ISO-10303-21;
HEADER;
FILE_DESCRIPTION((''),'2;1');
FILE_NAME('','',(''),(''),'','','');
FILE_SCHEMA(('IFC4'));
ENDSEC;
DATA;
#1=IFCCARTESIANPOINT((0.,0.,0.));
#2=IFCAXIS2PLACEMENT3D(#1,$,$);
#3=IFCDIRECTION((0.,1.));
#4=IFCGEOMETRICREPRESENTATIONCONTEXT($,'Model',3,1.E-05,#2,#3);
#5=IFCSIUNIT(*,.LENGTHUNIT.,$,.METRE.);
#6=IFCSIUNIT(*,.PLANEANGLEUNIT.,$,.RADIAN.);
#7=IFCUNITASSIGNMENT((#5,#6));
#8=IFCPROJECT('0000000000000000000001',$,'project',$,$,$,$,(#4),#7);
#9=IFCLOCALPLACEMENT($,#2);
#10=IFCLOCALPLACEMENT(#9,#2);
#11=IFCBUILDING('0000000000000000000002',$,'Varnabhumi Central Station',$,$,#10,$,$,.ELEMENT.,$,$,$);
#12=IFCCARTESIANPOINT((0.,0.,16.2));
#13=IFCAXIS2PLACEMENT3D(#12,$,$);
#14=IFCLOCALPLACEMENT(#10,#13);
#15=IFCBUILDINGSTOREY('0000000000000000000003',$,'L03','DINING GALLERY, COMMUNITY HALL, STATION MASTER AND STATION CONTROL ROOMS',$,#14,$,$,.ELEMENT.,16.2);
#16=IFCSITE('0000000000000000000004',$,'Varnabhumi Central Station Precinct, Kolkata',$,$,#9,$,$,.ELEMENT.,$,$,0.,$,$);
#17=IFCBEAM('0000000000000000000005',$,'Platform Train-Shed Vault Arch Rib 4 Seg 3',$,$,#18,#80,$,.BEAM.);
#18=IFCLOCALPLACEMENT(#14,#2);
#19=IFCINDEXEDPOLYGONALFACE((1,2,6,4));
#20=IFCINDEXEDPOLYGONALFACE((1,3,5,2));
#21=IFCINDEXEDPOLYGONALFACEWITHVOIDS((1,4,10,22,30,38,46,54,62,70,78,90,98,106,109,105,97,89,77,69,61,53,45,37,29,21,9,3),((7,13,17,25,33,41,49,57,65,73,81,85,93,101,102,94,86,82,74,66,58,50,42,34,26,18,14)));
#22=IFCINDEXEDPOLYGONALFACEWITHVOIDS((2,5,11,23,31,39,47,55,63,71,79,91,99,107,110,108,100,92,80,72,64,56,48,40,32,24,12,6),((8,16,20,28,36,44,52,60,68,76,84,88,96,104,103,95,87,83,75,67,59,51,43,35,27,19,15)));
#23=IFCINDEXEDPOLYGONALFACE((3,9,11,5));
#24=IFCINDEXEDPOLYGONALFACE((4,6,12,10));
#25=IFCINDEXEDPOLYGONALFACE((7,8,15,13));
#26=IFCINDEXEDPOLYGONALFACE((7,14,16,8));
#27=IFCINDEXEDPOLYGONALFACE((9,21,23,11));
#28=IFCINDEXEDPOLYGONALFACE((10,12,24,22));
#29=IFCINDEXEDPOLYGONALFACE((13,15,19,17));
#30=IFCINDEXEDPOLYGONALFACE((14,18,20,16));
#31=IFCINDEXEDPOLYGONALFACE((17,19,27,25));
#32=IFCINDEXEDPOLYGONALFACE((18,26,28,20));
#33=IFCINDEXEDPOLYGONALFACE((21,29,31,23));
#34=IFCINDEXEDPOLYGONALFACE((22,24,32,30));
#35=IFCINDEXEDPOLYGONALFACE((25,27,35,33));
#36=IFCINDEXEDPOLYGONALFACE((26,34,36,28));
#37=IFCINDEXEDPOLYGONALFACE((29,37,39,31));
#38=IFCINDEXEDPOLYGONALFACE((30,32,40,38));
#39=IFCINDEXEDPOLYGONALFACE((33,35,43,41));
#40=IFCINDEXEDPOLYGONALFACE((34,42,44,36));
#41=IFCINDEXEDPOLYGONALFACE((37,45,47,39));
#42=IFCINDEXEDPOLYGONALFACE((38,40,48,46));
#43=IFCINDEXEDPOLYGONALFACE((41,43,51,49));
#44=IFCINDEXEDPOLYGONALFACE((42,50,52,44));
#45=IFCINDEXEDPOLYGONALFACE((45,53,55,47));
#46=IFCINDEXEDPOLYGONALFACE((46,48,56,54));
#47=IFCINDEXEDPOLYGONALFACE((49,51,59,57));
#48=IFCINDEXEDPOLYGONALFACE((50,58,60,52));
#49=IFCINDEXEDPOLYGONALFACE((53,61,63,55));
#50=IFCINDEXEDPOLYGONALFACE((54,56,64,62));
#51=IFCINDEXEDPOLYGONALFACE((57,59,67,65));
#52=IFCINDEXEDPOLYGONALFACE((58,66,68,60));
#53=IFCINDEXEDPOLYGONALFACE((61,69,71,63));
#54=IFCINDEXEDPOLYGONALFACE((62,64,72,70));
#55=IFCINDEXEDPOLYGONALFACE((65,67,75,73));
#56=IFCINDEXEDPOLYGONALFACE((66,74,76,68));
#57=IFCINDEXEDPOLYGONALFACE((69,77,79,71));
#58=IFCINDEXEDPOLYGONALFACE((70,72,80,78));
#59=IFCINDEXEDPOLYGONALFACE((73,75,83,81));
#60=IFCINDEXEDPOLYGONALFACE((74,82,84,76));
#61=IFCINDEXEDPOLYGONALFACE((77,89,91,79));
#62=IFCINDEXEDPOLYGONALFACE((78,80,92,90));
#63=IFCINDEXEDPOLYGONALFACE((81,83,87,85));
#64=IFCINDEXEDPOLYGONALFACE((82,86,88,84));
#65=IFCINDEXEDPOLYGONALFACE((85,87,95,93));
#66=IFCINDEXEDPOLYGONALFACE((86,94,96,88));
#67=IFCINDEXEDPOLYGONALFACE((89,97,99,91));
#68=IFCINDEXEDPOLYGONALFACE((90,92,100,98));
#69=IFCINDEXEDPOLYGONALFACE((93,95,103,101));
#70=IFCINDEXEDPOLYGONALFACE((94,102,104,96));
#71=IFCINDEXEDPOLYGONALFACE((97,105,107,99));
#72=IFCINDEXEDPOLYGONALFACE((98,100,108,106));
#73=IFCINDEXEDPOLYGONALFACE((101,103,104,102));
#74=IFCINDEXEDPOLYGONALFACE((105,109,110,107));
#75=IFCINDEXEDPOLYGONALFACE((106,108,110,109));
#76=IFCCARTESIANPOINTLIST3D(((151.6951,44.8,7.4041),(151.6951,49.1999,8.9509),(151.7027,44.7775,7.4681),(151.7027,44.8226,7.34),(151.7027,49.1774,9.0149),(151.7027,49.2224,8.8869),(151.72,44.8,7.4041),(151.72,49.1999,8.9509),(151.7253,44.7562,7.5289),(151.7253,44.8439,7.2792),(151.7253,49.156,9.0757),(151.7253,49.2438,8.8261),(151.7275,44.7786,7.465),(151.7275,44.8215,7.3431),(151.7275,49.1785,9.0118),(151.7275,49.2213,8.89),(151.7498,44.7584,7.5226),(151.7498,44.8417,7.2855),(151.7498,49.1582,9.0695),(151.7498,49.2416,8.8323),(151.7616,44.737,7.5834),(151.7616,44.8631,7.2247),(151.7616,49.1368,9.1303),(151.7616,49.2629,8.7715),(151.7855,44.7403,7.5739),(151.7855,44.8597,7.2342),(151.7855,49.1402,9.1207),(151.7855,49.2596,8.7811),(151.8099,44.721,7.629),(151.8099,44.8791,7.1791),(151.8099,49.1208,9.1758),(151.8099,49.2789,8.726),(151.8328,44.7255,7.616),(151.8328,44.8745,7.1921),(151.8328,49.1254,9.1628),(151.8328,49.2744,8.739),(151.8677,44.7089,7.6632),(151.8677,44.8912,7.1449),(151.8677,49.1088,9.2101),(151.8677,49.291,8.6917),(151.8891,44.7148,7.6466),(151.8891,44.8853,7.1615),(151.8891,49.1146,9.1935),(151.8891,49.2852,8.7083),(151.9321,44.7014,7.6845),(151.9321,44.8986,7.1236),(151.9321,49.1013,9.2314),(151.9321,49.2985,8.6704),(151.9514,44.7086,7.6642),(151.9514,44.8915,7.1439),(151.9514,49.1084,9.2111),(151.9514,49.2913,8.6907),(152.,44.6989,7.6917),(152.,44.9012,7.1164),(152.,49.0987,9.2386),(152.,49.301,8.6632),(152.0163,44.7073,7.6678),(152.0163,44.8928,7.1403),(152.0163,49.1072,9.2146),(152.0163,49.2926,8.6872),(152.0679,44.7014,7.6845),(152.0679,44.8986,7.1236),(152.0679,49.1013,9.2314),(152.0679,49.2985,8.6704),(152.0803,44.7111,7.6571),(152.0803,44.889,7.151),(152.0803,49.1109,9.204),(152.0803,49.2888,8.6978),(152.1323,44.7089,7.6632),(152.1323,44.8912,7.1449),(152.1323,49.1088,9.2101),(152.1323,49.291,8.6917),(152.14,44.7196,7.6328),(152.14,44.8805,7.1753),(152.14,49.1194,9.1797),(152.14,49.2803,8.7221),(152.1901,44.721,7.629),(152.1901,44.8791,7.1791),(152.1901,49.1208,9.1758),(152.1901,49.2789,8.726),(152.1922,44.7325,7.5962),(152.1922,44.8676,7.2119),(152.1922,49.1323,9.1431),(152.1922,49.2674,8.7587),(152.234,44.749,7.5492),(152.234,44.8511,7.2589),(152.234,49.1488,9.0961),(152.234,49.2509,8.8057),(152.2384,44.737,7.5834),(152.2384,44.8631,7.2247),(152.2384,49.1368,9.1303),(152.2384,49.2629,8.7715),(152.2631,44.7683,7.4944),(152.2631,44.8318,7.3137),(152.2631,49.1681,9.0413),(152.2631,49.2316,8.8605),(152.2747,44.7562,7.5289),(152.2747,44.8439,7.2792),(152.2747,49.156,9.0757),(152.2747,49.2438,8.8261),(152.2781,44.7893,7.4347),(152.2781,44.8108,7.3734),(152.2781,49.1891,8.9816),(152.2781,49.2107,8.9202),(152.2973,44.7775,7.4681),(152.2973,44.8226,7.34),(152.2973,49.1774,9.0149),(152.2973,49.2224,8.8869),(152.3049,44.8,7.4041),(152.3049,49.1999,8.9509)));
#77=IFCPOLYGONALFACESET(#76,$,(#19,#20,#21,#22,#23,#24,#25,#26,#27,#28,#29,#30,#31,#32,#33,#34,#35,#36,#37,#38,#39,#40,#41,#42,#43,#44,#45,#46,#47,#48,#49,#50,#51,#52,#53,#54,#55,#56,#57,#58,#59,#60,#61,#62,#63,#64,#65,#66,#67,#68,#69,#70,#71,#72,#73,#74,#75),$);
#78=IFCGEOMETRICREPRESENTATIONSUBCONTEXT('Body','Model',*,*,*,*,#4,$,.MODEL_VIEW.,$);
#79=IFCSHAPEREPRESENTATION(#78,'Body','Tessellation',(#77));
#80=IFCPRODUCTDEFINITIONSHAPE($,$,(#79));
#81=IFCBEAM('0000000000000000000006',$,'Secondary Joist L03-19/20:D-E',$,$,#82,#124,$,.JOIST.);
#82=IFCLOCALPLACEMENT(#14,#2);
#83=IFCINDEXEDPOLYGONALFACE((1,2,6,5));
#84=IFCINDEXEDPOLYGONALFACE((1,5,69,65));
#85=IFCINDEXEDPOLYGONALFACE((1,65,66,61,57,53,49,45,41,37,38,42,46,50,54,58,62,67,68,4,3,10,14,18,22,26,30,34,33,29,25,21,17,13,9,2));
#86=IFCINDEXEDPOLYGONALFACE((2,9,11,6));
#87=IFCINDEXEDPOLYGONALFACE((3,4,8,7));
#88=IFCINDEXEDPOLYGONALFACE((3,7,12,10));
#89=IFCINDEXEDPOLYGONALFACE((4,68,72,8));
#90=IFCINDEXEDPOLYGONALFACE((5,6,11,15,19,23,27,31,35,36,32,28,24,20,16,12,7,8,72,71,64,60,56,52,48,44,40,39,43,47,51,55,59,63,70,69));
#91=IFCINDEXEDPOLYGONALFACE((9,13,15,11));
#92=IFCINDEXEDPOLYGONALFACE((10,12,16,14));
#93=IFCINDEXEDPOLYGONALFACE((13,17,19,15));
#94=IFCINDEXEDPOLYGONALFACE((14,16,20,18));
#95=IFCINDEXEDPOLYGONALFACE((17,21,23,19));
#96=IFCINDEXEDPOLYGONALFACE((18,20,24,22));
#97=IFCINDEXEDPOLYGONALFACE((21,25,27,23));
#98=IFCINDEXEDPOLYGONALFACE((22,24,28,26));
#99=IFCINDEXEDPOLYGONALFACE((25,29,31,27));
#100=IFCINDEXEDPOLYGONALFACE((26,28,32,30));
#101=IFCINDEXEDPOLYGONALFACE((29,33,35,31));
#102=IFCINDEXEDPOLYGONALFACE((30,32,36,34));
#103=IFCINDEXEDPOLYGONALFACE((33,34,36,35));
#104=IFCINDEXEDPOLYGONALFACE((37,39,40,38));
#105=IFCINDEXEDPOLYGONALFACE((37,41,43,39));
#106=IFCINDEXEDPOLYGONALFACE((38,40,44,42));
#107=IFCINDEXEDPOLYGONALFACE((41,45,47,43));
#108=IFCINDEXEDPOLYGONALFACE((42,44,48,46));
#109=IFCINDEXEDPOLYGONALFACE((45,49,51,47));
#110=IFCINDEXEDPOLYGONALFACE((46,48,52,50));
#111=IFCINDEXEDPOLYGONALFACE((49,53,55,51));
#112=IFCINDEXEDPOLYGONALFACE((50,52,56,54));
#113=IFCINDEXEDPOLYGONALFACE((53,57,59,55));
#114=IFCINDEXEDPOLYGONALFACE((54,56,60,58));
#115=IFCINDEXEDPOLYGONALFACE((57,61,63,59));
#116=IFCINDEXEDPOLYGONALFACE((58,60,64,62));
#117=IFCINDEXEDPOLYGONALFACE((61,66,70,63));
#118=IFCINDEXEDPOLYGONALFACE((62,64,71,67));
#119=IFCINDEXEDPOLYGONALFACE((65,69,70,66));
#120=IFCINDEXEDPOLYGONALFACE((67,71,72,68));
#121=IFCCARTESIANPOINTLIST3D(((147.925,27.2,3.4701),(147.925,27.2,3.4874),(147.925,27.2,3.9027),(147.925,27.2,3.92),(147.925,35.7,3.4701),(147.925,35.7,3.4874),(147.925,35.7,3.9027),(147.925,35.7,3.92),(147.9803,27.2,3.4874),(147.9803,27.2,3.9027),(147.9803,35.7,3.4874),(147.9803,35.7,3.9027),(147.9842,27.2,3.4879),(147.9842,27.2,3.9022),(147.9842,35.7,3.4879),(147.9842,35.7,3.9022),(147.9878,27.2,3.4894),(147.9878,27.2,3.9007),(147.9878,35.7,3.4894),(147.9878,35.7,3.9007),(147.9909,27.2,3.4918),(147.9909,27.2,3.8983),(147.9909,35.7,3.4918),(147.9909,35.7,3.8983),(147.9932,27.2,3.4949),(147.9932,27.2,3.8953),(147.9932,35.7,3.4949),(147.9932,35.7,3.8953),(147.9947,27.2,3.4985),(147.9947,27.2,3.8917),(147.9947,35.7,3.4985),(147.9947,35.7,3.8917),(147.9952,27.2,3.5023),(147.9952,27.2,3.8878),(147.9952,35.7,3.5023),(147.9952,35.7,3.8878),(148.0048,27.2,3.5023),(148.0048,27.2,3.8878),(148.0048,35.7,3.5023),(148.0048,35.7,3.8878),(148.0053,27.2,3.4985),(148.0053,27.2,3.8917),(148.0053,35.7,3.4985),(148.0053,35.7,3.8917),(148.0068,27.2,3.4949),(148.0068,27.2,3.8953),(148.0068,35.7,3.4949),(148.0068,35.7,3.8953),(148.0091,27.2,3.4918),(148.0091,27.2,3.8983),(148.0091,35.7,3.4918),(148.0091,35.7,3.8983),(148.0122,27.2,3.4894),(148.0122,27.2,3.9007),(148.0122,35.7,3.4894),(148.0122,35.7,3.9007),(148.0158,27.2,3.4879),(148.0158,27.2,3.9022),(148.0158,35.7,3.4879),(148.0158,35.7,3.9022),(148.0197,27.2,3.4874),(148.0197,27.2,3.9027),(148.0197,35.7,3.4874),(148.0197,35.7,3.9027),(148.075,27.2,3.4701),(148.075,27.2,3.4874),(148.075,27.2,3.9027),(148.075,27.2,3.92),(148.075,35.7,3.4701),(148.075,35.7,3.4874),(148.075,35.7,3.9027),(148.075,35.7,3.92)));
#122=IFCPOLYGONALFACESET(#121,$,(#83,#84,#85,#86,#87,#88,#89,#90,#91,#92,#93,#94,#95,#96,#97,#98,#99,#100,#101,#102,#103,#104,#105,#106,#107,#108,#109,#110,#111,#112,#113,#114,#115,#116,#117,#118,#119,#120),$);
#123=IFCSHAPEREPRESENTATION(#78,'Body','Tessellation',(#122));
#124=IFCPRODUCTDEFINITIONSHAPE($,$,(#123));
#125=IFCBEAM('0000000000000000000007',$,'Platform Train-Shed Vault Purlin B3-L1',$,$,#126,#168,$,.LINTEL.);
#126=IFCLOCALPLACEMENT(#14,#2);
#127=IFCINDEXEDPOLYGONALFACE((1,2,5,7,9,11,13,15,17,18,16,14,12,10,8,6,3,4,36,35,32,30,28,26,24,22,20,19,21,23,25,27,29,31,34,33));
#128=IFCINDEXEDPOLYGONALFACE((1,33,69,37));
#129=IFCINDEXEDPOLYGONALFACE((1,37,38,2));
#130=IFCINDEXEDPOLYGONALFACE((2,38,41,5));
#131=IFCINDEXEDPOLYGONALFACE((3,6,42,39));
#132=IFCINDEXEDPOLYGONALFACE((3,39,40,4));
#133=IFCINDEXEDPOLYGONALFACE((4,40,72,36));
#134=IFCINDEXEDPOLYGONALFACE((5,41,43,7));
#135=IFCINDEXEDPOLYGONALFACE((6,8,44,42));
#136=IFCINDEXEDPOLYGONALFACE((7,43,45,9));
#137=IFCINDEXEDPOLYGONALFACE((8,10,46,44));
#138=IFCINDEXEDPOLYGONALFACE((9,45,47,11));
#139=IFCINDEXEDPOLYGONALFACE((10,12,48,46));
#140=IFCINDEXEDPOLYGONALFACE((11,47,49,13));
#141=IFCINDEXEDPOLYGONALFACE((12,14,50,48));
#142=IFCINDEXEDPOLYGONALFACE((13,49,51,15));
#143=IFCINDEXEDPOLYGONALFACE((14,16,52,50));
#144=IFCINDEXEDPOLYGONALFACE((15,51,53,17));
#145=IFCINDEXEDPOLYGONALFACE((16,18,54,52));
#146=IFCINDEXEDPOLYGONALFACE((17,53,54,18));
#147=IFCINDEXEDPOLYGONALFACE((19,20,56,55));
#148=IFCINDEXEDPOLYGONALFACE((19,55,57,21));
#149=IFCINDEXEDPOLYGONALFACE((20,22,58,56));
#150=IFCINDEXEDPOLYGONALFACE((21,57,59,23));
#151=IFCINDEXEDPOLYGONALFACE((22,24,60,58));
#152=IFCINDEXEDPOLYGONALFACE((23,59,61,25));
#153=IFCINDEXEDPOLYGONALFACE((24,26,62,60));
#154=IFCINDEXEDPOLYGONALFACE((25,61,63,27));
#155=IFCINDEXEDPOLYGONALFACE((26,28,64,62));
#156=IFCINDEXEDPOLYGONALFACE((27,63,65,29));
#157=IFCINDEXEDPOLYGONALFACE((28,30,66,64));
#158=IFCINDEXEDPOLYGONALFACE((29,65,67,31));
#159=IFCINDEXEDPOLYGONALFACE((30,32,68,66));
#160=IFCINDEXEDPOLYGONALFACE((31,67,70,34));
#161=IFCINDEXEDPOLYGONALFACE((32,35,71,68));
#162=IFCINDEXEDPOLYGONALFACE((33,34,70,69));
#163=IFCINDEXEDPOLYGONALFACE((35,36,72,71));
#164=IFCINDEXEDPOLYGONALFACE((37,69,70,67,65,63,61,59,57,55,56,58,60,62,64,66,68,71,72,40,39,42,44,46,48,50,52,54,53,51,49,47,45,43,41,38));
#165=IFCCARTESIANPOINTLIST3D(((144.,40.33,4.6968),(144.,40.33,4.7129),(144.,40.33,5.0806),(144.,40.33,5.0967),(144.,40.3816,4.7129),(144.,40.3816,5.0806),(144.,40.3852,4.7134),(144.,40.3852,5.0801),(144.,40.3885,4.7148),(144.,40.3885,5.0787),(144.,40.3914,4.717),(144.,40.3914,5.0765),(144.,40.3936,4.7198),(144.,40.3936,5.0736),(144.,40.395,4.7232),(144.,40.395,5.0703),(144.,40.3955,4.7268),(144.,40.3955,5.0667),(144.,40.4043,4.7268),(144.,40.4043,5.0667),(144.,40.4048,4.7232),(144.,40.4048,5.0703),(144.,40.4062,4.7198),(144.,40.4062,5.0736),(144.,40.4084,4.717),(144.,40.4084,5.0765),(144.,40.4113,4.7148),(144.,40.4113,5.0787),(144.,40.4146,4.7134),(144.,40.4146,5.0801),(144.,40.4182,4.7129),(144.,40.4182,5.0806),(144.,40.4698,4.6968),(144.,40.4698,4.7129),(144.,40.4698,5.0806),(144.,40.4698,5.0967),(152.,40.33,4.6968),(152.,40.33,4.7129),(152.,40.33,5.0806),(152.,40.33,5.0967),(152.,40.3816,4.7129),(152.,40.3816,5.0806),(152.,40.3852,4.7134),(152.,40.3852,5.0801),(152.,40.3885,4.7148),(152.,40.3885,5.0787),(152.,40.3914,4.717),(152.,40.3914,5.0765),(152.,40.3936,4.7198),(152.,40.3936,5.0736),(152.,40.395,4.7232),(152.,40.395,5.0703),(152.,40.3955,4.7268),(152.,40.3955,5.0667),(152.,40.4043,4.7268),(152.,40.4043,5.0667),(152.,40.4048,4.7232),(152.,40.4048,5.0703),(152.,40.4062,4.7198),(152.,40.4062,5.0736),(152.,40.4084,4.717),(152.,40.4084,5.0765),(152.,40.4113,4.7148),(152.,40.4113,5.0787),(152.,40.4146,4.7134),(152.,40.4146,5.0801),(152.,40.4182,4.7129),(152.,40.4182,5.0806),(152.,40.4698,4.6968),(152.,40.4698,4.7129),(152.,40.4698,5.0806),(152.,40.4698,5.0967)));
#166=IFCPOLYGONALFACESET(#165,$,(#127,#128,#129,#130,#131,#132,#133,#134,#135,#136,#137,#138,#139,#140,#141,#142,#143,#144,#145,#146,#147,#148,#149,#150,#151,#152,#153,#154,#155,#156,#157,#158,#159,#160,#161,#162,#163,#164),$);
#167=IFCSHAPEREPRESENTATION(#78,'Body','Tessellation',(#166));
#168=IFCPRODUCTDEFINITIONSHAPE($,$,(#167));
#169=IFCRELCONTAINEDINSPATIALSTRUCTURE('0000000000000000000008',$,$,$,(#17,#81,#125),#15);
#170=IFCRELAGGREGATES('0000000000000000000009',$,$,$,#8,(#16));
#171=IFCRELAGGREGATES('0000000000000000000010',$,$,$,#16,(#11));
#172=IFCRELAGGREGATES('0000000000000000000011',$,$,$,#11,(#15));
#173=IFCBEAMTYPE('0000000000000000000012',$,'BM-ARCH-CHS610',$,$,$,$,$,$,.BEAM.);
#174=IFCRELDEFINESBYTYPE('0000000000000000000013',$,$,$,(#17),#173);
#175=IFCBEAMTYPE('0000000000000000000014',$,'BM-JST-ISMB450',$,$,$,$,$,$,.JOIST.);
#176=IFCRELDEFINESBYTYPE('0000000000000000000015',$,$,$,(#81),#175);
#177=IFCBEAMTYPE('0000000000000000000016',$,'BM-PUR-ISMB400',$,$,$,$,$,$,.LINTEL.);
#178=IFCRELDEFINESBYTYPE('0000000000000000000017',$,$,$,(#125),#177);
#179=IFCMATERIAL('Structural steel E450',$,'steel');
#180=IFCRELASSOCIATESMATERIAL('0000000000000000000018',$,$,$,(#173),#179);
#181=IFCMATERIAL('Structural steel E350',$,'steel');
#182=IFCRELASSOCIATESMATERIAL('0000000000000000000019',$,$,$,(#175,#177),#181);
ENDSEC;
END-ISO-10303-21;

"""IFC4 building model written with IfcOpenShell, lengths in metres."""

from ifc_helpers import new_model, si_unit, direction, frame, origin, origin_2d, place, context, subcontext, project, spatial, hollow_circle, i_section, extrude, material, material_profile, profile_set, type_object, element, save


model = new_model("IFC4")

# Units and contexts
model_context = context("Model", 3, precision=1e-05, world=origin(), true_north=direction((0.0, 1.0)))
body_context = subcontext(model_context, "Body", "Model", "MODEL_VIEW")
ifc_project = project(units=[si_unit("LENGTHUNIT", "METRE"), si_unit("PLANEANGLEUNIT", "RADIAN")], contexts=[model_context])

# Site, building, storey
site_placement = place(None, origin())
site = spatial("IfcSite", under=ifc_project, at=site_placement, Name="Varnabhumi Central Station Precinct, Kolkata", CompositionType="ELEMENT", RefElevation=0.0)
building_placement = place(site_placement, origin())
building = spatial("IfcBuilding", under=site, at=building_placement, Name="Varnabhumi Central Station", CompositionType="ELEMENT")
storey_placement = place(building_placement, frame((0.0, 0.0, 16.2)))
storey = spatial("IfcBuildingStorey", under=building, at=storey_placement, Name="L03", Description="DINING GALLERY, COMMUNITY HALL, STATION MASTER AND STATION CONTROL ROOMS", CompositionType="ELEMENT", Elevation=16.2)

# Beams
ifc_material_1 = material(Name="Structural steel E450", Category="steel")
ifc_material_profile_1 = material_profile(ifc_material_1, hollow_circle(Radius=0.3049, WallThickness=0.0249, at=origin_2d()), Name="Structural steel E450", Category="steel")
ifc_profile_set_1 = profile_set([ifc_material_profile_1], Name="Structural steel E450")
beam_type_1 = type_object("IfcBeamType", Name="BM-ARCH-CHS610", PredefinedType="BEAM", material=ifc_profile_set_1)
beam_1_placement = place(storey_placement, frame((152.0, 44.8, 7.4041), z_axis=(0.0, 0.943396, 0.33167), x_axis=(-1.0, 0.0, 0.0)))
element("IfcBeam", 1, at=beam_1_placement, inside=storey, type_object=beam_type_1, Name="Platform Train-Shed Vault Arch Rib 4 Seg 3", PredefinedType="BEAM", context=body_context, shape_type="SweptSolid", body=[
    extrude(hollow_circle(Radius=0.3049, WallThickness=0.0249, at=origin_2d()), origin(), (0.0, 0.0, 1.0), 4.6638),
])
ifc_material_2 = material(Name="Structural steel E350", Category="steel")
ifc_material_profile_2 = material_profile(ifc_material_2, i_section(OverallWidth=0.1499, OverallDepth=0.45, WebThickness=0.0095, FlangeThickness=0.0173, FilletRadius=0.0149, at=origin_2d()), Name="Structural steel E350", Category="steel")
ifc_profile_set_2 = profile_set([ifc_material_profile_2], Name="Structural steel E350")
beam_type_2 = type_object("IfcBeamType", Name="BM-JST-ISMB450", PredefinedType="JOIST", material=ifc_profile_set_2)
beam_2_placement = place(storey_placement, frame((148.0, 27.2, 3.6951), z_axis=(0.0, 1.0, 0.0), x_axis=(-1.0, 0.0, 0.0)))
element("IfcBeam", 2, at=beam_2_placement, inside=storey, type_object=beam_type_2, Name="Secondary Joist L03-19/20:D-E", PredefinedType="JOIST", context=body_context, shape_type="SweptSolid", body=[
    extrude(i_section(OverallWidth=0.1499, OverallDepth=0.45, WebThickness=0.0095, FlangeThickness=0.0173, FilletRadius=0.0149, at=origin_2d()), origin(), (0.0, 0.0, 1.0), 8.5),
])
ifc_material_profile_3 = material_profile(ifc_material_2, i_section(OverallWidth=0.1399, OverallDepth=0.3999, WebThickness=0.0088, FlangeThickness=0.0161, FilletRadius=0.0139, at=origin_2d()), Name="Structural steel E350", Category="steel")
ifc_profile_set_3 = profile_set([ifc_material_profile_3], Name="Structural steel E350")
beam_type_3 = type_object("IfcBeamType", Name="BM-PUR-ISMB400", PredefinedType="LINTEL", material=ifc_profile_set_3)
for number, where, z_axis, x_axis, name in (
    (3, (144.0, 40.3999, 4.8967), (1.0, 0.0, 0.0), (0.0, 1.0, 0.0), "Platform Train-Shed Vault Purlin B3-L1"),
):
    element("IfcBeam", number, at=place(storey_placement, frame(where, z_axis=z_axis, x_axis=x_axis)), inside=storey, type_object=beam_type_3, Name=name, PredefinedType="LINTEL", context=body_context, shape_type="SweptSolid", body=[
        extrude(i_section(OverallWidth=0.1399, OverallDepth=0.3999, WebThickness=0.0088, FlangeThickness=0.0161, FilletRadius=0.0139, at=origin_2d()), origin(), (0.0, 0.0, 1.0), 8.0),
    ])

save(model, "model.ifc")
